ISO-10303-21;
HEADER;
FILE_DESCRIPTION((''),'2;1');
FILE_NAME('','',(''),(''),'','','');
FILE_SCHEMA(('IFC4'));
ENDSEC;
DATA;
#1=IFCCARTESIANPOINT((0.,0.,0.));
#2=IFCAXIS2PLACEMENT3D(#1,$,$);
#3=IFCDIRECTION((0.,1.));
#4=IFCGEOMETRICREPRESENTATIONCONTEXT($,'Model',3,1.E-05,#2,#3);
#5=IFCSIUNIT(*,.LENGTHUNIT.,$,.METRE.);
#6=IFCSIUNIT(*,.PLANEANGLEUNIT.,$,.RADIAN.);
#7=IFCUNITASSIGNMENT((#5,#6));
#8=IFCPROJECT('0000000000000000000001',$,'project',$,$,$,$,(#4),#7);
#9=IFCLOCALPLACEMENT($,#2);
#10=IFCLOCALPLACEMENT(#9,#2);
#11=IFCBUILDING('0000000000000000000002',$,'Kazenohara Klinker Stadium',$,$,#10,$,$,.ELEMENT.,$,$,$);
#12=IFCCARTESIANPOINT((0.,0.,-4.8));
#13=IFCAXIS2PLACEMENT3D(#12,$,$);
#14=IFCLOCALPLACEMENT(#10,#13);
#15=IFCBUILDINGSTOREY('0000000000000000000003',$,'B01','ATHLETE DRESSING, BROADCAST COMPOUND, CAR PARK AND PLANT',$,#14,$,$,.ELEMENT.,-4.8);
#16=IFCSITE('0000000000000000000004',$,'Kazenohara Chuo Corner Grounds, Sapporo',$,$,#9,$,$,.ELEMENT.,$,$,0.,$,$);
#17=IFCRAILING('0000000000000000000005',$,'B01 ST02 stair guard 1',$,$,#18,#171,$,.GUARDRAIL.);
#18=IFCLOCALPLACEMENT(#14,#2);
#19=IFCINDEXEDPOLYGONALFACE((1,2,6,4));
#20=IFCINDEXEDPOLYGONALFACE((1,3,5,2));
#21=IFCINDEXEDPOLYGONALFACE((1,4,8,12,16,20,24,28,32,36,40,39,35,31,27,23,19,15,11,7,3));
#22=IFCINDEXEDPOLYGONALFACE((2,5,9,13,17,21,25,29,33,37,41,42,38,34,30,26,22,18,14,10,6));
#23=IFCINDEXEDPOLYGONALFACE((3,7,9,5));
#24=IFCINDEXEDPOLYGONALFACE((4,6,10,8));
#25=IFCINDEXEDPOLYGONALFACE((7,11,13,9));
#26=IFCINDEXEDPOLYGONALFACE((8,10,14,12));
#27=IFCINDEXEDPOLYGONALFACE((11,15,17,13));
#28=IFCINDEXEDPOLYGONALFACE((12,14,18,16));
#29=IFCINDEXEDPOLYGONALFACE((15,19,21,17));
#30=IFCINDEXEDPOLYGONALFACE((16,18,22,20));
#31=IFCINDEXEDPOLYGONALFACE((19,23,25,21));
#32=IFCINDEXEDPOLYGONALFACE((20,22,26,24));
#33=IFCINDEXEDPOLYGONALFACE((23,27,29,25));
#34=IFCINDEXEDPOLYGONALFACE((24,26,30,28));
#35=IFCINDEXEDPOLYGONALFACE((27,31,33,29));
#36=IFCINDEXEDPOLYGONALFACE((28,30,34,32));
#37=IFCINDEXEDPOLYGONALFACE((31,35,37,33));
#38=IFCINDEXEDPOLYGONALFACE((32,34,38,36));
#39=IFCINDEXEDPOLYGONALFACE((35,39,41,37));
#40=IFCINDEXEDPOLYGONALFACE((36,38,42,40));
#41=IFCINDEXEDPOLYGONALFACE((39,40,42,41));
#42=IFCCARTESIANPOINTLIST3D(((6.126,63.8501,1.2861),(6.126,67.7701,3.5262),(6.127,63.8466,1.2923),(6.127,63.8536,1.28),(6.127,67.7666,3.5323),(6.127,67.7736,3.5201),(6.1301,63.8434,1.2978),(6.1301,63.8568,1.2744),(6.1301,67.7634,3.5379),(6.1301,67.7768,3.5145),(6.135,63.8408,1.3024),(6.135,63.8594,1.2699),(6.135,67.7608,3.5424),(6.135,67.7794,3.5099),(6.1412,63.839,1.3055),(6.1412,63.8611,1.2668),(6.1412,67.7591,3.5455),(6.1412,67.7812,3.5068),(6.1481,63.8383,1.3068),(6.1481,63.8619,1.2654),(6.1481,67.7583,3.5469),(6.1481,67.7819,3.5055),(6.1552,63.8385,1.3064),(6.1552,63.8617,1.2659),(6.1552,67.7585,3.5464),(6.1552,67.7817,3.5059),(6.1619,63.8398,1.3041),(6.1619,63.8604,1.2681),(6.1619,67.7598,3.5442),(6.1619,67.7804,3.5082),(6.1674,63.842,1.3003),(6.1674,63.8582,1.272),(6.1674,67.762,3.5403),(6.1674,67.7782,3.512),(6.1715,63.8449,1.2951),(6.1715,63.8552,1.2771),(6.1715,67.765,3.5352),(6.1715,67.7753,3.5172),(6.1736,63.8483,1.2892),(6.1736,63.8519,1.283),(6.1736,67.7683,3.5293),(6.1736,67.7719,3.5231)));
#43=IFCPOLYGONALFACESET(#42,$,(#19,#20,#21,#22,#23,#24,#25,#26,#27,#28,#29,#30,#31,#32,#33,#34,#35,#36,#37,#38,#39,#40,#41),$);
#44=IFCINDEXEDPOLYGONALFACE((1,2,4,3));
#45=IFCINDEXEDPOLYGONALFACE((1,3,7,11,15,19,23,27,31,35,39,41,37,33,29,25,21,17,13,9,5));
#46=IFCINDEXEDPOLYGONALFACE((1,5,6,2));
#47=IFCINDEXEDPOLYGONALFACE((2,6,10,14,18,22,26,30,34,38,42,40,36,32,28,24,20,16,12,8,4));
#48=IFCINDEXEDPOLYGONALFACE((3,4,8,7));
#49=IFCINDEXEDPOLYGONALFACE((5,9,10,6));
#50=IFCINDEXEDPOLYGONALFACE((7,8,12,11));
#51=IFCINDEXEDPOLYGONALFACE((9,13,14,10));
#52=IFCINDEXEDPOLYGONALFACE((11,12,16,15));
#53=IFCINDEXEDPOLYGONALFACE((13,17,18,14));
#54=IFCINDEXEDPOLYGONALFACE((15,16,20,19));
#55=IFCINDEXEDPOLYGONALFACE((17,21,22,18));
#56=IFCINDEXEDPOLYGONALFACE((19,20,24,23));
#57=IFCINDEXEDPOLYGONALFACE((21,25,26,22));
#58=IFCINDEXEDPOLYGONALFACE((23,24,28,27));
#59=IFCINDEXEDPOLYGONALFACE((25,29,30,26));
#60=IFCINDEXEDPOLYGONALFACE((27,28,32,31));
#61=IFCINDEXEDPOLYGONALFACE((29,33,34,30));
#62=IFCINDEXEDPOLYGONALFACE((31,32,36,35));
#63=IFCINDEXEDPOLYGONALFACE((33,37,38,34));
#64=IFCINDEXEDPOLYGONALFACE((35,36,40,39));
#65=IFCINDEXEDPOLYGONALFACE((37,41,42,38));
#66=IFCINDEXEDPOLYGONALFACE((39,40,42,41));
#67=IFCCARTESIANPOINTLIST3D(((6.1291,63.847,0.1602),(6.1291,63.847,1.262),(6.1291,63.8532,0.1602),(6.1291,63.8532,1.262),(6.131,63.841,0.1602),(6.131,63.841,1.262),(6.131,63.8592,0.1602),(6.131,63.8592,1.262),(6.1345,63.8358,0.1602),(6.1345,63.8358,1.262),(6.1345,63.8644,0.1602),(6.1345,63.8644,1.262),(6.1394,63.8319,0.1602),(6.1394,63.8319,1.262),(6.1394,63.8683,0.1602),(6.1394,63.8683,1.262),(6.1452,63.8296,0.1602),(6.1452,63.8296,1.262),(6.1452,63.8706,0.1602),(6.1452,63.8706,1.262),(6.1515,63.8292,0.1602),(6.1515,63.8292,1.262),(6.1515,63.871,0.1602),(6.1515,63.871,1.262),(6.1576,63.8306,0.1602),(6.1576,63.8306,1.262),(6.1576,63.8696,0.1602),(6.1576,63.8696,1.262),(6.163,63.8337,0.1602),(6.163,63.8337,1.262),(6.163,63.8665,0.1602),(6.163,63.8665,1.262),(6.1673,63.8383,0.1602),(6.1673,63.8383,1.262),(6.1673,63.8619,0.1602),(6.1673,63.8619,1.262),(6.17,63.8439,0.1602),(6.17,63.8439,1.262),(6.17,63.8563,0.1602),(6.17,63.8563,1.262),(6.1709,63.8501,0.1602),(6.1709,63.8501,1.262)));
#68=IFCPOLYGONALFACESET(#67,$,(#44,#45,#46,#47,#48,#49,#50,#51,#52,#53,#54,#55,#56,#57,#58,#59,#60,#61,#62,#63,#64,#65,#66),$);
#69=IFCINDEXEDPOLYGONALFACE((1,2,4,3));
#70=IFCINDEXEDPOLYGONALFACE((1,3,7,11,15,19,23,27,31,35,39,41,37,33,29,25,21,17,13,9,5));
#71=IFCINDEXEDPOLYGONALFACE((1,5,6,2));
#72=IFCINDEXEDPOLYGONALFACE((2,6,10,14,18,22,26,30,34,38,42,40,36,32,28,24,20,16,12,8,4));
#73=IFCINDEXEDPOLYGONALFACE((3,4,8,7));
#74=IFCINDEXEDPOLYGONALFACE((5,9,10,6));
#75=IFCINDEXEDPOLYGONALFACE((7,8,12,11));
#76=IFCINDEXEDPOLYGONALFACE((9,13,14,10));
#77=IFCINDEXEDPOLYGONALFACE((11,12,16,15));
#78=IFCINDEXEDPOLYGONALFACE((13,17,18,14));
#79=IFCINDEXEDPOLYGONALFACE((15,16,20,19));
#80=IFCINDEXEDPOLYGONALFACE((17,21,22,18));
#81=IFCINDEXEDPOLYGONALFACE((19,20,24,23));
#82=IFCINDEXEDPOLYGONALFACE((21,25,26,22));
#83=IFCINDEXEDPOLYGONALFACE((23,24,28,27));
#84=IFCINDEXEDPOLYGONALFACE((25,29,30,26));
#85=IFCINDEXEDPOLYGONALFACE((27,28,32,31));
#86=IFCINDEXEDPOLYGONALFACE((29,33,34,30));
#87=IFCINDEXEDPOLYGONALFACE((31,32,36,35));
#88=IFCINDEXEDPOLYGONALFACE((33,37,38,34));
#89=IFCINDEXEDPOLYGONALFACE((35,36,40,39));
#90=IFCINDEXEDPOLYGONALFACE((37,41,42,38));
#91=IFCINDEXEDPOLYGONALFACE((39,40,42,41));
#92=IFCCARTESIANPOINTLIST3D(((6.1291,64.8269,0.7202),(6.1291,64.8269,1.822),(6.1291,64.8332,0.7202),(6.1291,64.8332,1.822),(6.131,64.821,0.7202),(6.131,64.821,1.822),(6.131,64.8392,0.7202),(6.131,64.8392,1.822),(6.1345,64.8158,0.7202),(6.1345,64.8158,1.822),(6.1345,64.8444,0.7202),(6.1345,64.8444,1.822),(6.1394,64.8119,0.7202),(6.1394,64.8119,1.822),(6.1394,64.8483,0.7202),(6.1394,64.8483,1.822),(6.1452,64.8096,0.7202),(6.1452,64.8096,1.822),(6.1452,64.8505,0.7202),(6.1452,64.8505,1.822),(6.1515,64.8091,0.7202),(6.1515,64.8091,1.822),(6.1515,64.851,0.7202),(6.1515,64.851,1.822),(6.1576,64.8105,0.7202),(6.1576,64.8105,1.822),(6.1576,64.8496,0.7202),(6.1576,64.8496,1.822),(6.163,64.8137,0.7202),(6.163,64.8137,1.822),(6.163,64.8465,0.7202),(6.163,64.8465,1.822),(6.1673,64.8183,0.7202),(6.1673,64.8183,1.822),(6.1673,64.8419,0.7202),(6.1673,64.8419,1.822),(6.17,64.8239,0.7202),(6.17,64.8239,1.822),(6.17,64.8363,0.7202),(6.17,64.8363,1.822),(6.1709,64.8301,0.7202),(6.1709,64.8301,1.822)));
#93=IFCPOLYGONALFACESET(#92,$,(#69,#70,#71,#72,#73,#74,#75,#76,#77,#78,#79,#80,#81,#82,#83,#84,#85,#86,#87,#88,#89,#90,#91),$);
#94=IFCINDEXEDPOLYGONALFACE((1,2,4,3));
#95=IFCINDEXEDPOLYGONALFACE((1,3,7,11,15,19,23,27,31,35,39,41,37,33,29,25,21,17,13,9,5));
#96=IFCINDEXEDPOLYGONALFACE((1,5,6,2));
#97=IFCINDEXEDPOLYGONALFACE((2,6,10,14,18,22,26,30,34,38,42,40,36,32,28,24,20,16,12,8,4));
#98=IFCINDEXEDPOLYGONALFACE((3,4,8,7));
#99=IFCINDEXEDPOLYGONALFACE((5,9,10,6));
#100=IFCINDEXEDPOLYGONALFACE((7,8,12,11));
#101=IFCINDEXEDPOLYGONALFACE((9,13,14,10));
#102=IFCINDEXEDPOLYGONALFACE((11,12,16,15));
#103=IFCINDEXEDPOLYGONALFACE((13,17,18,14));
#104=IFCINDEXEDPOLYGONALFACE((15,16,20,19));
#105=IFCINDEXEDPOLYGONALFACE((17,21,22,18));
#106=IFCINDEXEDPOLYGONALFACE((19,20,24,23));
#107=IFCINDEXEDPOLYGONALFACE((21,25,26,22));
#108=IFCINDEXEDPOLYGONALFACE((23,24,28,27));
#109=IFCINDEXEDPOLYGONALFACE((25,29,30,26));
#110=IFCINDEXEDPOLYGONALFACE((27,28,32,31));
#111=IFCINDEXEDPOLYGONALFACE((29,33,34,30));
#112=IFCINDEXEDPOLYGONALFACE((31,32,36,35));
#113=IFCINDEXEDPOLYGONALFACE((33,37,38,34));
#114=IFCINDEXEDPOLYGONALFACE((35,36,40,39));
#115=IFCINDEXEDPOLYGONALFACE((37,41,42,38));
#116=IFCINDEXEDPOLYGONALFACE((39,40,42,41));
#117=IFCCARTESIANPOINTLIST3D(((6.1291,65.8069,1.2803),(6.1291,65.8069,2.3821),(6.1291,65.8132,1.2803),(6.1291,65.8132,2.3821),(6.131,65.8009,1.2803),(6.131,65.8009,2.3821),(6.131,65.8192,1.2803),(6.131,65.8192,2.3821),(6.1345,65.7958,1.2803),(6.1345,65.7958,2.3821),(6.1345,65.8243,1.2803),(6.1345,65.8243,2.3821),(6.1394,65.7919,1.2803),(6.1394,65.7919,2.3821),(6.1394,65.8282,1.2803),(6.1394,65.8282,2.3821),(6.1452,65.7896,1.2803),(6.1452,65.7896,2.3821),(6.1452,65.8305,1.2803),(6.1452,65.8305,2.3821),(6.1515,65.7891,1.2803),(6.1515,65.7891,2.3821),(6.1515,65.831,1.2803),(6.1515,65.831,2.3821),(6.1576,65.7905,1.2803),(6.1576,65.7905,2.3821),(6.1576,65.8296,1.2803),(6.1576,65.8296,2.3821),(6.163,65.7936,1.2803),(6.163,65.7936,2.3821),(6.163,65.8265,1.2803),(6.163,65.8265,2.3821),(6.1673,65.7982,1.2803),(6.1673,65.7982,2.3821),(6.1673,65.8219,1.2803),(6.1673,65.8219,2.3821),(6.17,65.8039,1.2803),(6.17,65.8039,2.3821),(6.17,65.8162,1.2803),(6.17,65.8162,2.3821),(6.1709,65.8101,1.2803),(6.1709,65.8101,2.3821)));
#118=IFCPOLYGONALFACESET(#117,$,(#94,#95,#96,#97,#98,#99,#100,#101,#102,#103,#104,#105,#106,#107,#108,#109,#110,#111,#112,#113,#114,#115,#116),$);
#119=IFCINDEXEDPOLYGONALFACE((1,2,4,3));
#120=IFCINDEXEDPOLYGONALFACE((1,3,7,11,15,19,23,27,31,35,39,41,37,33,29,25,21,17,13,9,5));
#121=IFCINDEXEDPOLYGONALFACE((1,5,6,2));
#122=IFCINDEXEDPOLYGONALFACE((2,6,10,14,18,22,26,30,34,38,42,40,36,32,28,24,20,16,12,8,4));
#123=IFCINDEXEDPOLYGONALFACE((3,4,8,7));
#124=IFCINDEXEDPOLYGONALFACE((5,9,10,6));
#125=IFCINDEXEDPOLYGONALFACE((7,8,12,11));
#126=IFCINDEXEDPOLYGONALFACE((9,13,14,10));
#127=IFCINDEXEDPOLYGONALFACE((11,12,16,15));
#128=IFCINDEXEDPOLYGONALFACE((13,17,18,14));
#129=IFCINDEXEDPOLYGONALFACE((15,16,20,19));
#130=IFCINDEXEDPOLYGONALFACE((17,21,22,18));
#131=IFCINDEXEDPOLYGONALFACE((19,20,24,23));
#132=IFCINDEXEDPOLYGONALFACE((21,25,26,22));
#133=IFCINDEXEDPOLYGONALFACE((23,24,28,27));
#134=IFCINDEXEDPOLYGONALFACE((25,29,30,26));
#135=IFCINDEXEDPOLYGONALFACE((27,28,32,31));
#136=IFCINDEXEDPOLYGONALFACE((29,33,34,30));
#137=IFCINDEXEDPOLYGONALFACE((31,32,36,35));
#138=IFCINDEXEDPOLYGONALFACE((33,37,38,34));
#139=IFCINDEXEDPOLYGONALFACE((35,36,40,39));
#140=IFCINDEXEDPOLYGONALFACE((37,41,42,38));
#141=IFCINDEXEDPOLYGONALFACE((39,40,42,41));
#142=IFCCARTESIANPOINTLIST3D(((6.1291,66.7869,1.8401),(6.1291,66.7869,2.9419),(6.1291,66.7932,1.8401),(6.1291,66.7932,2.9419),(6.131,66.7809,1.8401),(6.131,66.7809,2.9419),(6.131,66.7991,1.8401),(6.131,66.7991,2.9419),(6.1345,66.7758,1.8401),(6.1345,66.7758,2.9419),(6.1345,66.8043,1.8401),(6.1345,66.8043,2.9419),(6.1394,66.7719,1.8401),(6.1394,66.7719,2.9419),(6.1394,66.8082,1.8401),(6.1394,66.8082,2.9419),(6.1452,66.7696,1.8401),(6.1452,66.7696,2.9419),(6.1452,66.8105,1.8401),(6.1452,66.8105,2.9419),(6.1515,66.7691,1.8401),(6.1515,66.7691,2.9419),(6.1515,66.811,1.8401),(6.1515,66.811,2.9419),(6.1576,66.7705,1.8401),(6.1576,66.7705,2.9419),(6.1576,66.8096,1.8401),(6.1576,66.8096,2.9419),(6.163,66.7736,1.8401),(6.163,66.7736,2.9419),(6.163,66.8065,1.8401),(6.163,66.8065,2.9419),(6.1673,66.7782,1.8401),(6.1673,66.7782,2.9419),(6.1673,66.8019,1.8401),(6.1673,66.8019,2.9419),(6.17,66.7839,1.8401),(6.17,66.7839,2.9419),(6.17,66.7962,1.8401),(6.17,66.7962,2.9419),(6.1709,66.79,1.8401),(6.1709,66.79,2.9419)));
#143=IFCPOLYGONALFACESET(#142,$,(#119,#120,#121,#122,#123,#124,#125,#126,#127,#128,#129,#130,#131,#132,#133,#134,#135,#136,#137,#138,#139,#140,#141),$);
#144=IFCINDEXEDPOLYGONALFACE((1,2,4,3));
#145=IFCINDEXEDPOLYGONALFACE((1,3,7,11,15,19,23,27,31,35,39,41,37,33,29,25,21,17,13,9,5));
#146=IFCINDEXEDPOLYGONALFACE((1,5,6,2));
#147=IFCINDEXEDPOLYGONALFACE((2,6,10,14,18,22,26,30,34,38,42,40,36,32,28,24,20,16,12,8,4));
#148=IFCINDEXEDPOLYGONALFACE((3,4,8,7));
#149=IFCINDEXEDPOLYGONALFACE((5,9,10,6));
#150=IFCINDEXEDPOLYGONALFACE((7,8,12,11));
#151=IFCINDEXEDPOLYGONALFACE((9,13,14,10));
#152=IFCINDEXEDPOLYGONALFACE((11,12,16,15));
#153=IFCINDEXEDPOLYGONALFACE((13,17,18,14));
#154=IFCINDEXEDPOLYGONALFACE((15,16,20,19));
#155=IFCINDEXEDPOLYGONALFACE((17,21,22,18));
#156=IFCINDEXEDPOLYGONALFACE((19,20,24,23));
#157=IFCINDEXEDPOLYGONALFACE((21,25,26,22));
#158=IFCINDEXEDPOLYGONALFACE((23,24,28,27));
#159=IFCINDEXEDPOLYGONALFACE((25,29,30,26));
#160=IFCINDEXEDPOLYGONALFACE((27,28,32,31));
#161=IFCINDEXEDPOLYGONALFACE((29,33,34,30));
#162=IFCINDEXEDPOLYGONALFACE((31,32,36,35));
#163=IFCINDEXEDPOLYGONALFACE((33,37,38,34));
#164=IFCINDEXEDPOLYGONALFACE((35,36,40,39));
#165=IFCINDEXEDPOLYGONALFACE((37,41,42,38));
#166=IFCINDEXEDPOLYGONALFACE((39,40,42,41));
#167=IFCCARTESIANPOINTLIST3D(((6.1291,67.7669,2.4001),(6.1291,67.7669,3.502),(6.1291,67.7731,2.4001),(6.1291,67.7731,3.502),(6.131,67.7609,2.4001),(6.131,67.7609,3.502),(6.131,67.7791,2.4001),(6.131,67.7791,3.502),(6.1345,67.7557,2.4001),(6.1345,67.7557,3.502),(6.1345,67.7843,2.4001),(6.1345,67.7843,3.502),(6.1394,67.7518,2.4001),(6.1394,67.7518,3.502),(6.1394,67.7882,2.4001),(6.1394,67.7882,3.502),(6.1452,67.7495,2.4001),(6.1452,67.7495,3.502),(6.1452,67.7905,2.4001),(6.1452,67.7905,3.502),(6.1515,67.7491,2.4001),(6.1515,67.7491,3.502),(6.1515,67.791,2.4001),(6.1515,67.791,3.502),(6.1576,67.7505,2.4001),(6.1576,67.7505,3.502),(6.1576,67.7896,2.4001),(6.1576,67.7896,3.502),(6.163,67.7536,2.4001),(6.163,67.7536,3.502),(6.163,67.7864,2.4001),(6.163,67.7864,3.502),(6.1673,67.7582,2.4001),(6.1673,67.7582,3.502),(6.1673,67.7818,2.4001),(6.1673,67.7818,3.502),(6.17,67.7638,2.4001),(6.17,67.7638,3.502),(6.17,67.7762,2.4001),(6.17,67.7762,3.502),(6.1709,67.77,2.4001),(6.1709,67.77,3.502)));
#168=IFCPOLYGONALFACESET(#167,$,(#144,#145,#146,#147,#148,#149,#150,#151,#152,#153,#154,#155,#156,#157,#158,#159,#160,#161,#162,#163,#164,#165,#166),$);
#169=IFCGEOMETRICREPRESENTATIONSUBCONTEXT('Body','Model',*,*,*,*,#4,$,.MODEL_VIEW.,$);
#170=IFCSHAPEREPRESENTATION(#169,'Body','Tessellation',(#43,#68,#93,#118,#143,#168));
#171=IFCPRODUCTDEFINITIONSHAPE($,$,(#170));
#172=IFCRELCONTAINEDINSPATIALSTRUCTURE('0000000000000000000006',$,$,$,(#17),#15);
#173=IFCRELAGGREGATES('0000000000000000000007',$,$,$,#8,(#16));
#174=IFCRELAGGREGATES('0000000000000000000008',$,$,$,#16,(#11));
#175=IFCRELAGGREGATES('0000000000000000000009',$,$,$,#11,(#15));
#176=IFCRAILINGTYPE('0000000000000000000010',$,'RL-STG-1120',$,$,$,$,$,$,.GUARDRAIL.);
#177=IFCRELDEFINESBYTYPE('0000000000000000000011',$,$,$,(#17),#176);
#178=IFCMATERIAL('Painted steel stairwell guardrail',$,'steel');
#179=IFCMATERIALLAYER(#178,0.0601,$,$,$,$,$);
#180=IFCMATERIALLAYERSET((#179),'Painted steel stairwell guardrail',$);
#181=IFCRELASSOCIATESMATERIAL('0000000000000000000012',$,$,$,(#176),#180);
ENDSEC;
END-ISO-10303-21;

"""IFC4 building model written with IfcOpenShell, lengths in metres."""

from ifc_helpers import new_model, si_unit, direction, frame, origin, origin_2d, place, context, subcontext, project, spatial, circle, extrude, material, layer, layer_set, type_object, element, save


model = new_model("IFC4")

# Units and contexts
model_context = context("Model", 3, precision=1e-05, world=origin(), true_north=direction((0.0, 1.0)))
body_context = subcontext(model_context, "Body", "Model", "MODEL_VIEW")
ifc_project = project(units=[si_unit("LENGTHUNIT", "METRE"), si_unit("PLANEANGLEUNIT", "RADIAN")], contexts=[model_context])

# Site, building, storey
site_placement = place(None, origin())
site = spatial("IfcSite", under=ifc_project, at=site_placement, Name="Kazenohara Chuo Corner Grounds, Sapporo", CompositionType="ELEMENT", RefElevation=0.0)
building_placement = place(site_placement, origin())
building = spatial("IfcBuilding", under=site, at=building_placement, Name="Kazenohara Klinker Stadium", CompositionType="ELEMENT")
storey_placement = place(building_placement, frame((0.0, 0.0, -4.8)))
storey = spatial("IfcBuildingStorey", under=building, at=storey_placement, Name="B01", Description="ATHLETE DRESSING, BROADCAST COMPOUND, CAR PARK AND PLANT", CompositionType="ELEMENT", Elevation=-4.8)

# Railing
ifc_material_1 = material(Name="Painted steel stairwell guardrail", Category="steel")
ifc_layer_1 = layer(ifc_material_1, 0.0601)
ifc_layer_set_1 = layer_set([ifc_layer_1], Name="Painted steel stairwell guardrail")
railing_type_1 = type_object("IfcRailingType", Name="RL-STG-1120", PredefinedType="GUARDRAIL", material=ifc_layer_set_1)
railing_1_placement = place(storey_placement, frame((6.1499, 63.8501, 0.1602)))
element("IfcRailing", 1, at=railing_1_placement, inside=storey, type_object=railing_type_1, Name="B01 ST02 stair guard 1", PredefinedType="GUARDRAIL", context=body_context, shape_type="SweptSolid", body=[
    extrude(circle(Radius=0.0239, at=origin_2d()), frame((0.0, 0.0, 1.126), z_axis=(0.0, 0.86824, 0.496145), x_axis=(-1.0, 0.0, 0.0)), (0.0, 0.0, 1.0), 4.5149),
    extrude(circle(Radius=0.021, at=origin_2d()), origin(), (0.0, 0.0, 1.0), 1.1018),
    extrude(circle(Radius=0.021, at=origin_2d()), frame((0.0, 0.98, 0.5601)), (0.0, 0.0, 1.0), 1.1018),
    extrude(circle(Radius=0.021, at=origin_2d()), frame((0.0, 1.96, 1.1201)), (0.0, 0.0, 1.0), 1.1018),
    extrude(circle(Radius=0.021, at=origin_2d()), frame((0.0, 2.9399, 1.6799)), (0.0, 0.0, 1.0), 1.1018),
    extrude(circle(Radius=0.021, at=origin_2d()), frame((0.0, 3.9199, 2.24)), (0.0, 0.0, 1.0), 1.1018),
])

save(model, "model.ifc")
